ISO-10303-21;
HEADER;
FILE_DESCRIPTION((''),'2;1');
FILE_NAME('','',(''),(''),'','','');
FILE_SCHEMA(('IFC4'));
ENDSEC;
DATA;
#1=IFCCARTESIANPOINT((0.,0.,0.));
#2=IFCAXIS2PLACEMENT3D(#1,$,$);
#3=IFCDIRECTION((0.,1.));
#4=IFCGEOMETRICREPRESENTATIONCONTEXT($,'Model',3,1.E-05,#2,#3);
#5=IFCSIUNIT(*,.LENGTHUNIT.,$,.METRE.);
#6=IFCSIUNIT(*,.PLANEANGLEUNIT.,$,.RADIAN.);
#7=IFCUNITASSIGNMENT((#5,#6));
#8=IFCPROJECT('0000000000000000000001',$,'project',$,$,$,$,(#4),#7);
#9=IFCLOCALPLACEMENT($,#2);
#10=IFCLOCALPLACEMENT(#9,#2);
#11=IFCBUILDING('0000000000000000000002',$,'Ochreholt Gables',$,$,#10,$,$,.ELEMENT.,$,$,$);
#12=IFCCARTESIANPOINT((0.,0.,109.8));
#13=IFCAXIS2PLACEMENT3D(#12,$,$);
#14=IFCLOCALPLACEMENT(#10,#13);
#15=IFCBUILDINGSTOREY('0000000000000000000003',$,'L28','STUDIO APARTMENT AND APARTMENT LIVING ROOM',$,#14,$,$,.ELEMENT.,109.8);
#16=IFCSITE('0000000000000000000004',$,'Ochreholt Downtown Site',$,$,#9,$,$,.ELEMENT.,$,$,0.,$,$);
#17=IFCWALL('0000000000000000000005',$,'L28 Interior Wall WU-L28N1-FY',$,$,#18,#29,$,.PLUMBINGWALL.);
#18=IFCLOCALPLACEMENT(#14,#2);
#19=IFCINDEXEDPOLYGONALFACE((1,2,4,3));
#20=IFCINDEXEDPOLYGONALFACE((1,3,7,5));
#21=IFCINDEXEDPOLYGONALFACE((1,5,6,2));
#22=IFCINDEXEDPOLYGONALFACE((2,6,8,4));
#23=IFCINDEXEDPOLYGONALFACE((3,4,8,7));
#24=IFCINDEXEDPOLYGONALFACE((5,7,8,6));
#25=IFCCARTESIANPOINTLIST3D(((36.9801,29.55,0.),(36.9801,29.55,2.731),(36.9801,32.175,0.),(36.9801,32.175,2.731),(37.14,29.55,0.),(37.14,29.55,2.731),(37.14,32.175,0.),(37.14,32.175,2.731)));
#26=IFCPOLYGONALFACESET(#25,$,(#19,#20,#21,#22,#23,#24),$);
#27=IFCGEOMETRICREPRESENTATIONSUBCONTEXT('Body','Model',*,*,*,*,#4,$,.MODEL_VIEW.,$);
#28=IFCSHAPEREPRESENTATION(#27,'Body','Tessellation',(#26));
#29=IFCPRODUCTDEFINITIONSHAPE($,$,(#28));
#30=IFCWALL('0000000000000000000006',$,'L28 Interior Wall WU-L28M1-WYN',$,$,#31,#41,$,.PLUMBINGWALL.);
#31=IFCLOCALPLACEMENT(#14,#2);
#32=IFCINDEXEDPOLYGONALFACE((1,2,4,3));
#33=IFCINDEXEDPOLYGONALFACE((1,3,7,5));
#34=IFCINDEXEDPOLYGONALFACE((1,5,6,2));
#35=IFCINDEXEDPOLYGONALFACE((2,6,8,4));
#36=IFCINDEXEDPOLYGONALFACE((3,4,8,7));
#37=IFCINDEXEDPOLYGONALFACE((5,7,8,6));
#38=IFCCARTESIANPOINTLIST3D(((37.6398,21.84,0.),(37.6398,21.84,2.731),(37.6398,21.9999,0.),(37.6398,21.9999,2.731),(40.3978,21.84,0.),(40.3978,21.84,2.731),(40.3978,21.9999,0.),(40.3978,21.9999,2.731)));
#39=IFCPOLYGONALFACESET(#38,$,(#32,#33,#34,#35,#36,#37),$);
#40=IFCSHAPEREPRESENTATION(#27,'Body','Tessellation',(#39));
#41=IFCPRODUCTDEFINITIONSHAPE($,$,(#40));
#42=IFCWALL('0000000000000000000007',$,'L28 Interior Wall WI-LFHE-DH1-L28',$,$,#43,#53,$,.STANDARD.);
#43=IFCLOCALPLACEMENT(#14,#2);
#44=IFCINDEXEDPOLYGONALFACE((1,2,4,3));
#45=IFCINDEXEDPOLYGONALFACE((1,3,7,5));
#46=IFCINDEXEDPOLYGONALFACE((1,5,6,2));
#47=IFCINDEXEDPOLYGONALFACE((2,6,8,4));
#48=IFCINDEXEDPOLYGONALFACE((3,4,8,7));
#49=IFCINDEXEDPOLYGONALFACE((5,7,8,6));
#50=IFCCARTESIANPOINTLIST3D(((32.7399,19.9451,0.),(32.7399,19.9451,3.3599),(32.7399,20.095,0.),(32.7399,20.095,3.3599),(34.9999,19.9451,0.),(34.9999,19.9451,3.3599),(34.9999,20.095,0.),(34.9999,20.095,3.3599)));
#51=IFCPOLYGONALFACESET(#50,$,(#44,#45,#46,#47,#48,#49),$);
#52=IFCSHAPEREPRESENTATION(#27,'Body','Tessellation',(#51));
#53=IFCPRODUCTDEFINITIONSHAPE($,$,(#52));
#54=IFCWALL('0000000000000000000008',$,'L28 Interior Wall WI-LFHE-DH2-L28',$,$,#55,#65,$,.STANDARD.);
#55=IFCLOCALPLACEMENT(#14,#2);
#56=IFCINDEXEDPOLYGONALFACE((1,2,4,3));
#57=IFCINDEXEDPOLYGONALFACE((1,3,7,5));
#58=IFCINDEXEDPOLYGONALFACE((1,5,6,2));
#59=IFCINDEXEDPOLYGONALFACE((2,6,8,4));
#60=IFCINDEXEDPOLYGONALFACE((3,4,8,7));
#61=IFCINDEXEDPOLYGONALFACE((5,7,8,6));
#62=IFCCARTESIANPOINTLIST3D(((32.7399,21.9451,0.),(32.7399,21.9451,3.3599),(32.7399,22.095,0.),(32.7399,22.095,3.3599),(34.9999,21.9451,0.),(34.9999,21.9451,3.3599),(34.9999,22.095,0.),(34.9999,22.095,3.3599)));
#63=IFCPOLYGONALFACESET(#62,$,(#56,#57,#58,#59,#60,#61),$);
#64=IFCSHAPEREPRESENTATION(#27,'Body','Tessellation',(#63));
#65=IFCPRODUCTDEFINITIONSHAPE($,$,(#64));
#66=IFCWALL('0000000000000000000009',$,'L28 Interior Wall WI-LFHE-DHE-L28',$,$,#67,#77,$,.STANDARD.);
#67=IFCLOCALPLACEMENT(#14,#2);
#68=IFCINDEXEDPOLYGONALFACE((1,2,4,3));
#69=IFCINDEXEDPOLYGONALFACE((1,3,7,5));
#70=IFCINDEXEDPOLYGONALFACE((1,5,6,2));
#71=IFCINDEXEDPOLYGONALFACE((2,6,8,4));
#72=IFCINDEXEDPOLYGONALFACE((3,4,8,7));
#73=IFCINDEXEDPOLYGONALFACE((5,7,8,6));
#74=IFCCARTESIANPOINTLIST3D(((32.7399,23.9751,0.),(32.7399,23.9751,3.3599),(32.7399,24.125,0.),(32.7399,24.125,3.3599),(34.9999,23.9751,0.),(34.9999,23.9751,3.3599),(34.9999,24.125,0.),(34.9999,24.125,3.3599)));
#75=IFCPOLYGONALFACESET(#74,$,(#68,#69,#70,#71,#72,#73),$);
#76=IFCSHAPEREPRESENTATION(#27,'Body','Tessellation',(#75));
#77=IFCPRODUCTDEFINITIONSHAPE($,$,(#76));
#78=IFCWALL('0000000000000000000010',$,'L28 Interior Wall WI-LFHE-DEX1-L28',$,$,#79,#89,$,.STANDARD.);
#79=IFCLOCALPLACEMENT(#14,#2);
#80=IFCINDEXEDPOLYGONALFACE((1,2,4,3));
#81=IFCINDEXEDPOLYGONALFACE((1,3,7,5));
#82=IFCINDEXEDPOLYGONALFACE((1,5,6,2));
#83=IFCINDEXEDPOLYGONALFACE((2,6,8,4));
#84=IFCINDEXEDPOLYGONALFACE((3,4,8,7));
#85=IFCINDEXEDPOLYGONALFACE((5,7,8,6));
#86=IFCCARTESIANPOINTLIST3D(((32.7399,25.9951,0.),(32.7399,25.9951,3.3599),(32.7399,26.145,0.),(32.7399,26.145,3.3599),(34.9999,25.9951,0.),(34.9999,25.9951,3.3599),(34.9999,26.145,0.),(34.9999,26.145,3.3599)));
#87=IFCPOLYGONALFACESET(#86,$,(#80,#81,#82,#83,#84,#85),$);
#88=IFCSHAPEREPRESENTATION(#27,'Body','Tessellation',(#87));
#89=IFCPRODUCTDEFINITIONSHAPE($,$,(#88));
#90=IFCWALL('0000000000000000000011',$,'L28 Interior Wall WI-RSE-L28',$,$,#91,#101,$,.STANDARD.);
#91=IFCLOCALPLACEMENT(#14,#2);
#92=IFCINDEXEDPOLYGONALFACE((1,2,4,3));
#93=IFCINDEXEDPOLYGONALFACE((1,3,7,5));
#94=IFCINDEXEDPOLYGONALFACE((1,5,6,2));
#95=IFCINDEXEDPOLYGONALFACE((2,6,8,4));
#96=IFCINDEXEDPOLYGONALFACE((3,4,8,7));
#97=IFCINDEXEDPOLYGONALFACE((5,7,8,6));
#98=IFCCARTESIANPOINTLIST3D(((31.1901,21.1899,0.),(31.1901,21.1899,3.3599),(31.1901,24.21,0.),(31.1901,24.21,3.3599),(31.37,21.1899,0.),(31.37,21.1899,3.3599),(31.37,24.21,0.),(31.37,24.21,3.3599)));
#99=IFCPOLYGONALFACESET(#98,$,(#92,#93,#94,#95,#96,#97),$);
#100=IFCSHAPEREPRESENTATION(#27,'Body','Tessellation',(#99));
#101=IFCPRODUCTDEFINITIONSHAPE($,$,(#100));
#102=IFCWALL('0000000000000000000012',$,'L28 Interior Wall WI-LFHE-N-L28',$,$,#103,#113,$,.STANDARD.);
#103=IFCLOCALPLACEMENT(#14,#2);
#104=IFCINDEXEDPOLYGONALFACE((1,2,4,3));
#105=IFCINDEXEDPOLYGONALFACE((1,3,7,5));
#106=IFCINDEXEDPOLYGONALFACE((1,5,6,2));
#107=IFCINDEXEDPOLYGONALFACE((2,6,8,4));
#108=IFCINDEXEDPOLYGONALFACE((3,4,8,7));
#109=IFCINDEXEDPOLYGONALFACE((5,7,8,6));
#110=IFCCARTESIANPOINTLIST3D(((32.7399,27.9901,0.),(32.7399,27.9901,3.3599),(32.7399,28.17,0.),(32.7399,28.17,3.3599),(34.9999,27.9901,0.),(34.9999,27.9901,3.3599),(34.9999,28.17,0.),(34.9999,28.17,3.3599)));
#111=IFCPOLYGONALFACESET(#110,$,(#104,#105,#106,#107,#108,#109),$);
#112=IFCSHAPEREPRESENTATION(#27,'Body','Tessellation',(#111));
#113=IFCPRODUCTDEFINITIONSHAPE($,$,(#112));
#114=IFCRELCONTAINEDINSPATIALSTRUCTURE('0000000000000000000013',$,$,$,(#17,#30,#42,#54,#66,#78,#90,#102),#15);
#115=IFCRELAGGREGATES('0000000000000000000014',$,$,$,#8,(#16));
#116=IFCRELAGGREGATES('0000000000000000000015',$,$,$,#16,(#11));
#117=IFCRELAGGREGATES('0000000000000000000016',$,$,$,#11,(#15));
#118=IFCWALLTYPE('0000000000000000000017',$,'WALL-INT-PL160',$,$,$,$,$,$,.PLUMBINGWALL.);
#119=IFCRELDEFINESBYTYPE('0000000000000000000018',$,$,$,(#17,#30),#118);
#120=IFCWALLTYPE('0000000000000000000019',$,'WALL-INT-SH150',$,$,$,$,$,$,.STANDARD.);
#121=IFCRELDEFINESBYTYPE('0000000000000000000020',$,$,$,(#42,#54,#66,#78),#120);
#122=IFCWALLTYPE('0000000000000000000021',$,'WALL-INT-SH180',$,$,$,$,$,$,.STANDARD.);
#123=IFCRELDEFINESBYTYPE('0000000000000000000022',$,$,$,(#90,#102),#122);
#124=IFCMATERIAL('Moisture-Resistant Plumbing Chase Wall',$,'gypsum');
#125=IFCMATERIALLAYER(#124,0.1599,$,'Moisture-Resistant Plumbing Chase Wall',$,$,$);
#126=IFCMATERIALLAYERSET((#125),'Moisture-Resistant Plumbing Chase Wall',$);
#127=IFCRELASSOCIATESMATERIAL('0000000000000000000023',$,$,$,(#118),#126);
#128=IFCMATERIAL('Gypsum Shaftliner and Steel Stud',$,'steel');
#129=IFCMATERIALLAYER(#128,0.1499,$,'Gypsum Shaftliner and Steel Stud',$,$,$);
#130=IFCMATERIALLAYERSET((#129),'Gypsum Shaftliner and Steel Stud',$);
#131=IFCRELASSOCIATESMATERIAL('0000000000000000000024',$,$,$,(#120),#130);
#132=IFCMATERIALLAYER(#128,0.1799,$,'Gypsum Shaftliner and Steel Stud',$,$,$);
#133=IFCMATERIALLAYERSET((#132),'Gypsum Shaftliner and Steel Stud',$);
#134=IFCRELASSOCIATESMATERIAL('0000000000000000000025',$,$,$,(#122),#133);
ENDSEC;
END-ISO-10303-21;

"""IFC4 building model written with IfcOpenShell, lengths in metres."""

from ifc_helpers import new_model, si_unit, direction, frame, frame_2d, origin, place, context, subcontext, project, spatial, rectangle, extrude, material, layer, layer_set, type_object, element, save


model = new_model("IFC4")

# Units and contexts
model_context = context("Model", 3, precision=1e-05, world=origin(), true_north=direction((0.0, 1.0)))
body_context = subcontext(model_context, "Body", "Model", "MODEL_VIEW")
ifc_project = project(units=[si_unit("LENGTHUNIT", "METRE"), si_unit("PLANEANGLEUNIT", "RADIAN")], contexts=[model_context])

# Site, building, storey
site_placement = place(None, origin())
site = spatial("IfcSite", under=ifc_project, at=site_placement, Name="Ochreholt Downtown Site", CompositionType="ELEMENT", RefElevation=0.0)
building_placement = place(site_placement, origin())
building = spatial("IfcBuilding", under=site, at=building_placement, Name="Ochreholt Gables", CompositionType="ELEMENT")
storey_placement = place(building_placement, frame((0.0, 0.0, 109.8)))
storey = spatial("IfcBuildingStorey", under=building, at=storey_placement, Name="L28", Description="STUDIO APARTMENT AND APARTMENT LIVING ROOM", CompositionType="ELEMENT", Elevation=109.8)

# Walls
ifc_material_1 = material(Name="Moisture-Resistant Plumbing Chase Wall", Category="gypsum")
ifc_layer_1 = layer(ifc_material_1, 0.1599, Name="Moisture-Resistant Plumbing Chase Wall")
ifc_layer_set_1 = layer_set([ifc_layer_1], Name="Moisture-Resistant Plumbing Chase Wall")
wall_type_1 = type_object("IfcWallType", Name="WALL-INT-PL160", PredefinedType="PLUMBINGWALL", material=ifc_layer_set_1)
wall_1_placement = place(storey_placement, frame((37.0601, 29.55, 0.0), z_axis=(0.0, 0.0, 1.0), x_axis=(0.0, 1.0, 0.0)))
element("IfcWall", 1, at=wall_1_placement, inside=storey, type_object=wall_type_1, Name="L28 Interior Wall WU-L28N1-FY", PredefinedType="PLUMBINGWALL", context=body_context, shape_type="SweptSolid", body=[
    extrude(rectangle(XDim=2.625, YDim=0.1599, at=frame_2d((1.3125, 0.0))), origin(), (0.0, 0.0, 1.0), 2.731),
])
wall_2_placement = place(storey_placement, frame((37.6399, 21.9199, 0.0), z_axis=(0.0, 0.0, 1.0), x_axis=(1.0, 0.0, 0.0)))
element("IfcWall", 2, at=wall_2_placement, inside=storey, type_object=wall_type_1, Name="L28 Interior Wall WU-L28M1-WYN", PredefinedType="PLUMBINGWALL", context=body_context, shape_type="SweptSolid", body=[
    extrude(rectangle(XDim=2.7581, YDim=0.1599, at=frame_2d((1.3789, 0.0))), origin(), (0.0, 0.0, 1.0), 2.731),
])
ifc_material_2 = material(Name="Gypsum Shaftliner and Steel Stud", Category="steel")
ifc_layer_2 = layer(ifc_material_2, 0.1499, Name="Gypsum Shaftliner and Steel Stud")
ifc_layer_set_2 = layer_set([ifc_layer_2], Name="Gypsum Shaftliner and Steel Stud")
wall_type_2 = type_object("IfcWallType", Name="WALL-INT-SH150", PredefinedType="STANDARD", material=ifc_layer_set_2)
for number, where, z_axis, x_axis, name in (
    (3, (32.74, 20.02, 0.0), (0.0, 0.0, 1.0), (1.0, 0.0, 0.0), "L28 Interior Wall WI-LFHE-DH1-L28"),
    (4, (32.74, 22.02, 0.0), (0.0, 0.0, 1.0), (1.0, 0.0, 0.0), "L28 Interior Wall WI-LFHE-DH2-L28"),
    (5, (32.74, 24.05, 0.0), (0.0, 0.0, 1.0), (1.0, 0.0, 0.0), "L28 Interior Wall WI-LFHE-DHE-L28"),
    (6, (32.74, 26.0701, 0.0), (0.0, 0.0, 1.0), (1.0, 0.0, 0.0), "L28 Interior Wall WI-LFHE-DEX1-L28"),
):
    element("IfcWall", number, at=place(storey_placement, frame(where, z_axis=z_axis, x_axis=x_axis)), inside=storey, type_object=wall_type_2, Name=name, PredefinedType="STANDARD", context=body_context, shape_type="SweptSolid", body=[
        extrude(rectangle(XDim=2.26, YDim=0.1499, at=frame_2d((1.1299, 0.0))), origin(), (0.0, 0.0, 1.0), 3.3599),
    ])
ifc_layer_3 = layer(ifc_material_2, 0.1799, Name="Gypsum Shaftliner and Steel Stud")
ifc_layer_set_3 = layer_set([ifc_layer_3], Name="Gypsum Shaftliner and Steel Stud")
wall_type_3 = type_object("IfcWallType", Name="WALL-INT-SH180", PredefinedType="STANDARD", material=ifc_layer_set_3)
wall_3_placement = place(storey_placement, frame((31.28, 21.1899, 0.0), z_axis=(0.0, 0.0, 1.0), x_axis=(0.0, 1.0, 0.0)))
element("IfcWall", 7, at=wall_3_placement, inside=storey, type_object=wall_type_3, Name="L28 Interior Wall WI-RSE-L28", PredefinedType="STANDARD", context=body_context, shape_type="SweptSolid", body=[
    extrude(rectangle(XDim=3.02, YDim=0.1799, at=frame_2d((1.51, 0.0))), origin(), (0.0, 0.0, 1.0), 3.3599),
])
wall_4_placement = place(storey_placement, frame((32.74, 28.0801, 0.0), z_axis=(0.0, 0.0, 1.0), x_axis=(1.0, 0.0, 0.0)))
element("IfcWall", 8, at=wall_4_placement, inside=storey, type_object=wall_type_3, Name="L28 Interior Wall WI-LFHE-N-L28", PredefinedType="STANDARD", context=body_context, shape_type="SweptSolid", body=[
    extrude(rectangle(XDim=2.26, YDim=0.1799, at=frame_2d((1.1299, 0.0))), origin(), (0.0, 0.0, 1.0), 3.3599),
])

save(model, "model.ifc")
